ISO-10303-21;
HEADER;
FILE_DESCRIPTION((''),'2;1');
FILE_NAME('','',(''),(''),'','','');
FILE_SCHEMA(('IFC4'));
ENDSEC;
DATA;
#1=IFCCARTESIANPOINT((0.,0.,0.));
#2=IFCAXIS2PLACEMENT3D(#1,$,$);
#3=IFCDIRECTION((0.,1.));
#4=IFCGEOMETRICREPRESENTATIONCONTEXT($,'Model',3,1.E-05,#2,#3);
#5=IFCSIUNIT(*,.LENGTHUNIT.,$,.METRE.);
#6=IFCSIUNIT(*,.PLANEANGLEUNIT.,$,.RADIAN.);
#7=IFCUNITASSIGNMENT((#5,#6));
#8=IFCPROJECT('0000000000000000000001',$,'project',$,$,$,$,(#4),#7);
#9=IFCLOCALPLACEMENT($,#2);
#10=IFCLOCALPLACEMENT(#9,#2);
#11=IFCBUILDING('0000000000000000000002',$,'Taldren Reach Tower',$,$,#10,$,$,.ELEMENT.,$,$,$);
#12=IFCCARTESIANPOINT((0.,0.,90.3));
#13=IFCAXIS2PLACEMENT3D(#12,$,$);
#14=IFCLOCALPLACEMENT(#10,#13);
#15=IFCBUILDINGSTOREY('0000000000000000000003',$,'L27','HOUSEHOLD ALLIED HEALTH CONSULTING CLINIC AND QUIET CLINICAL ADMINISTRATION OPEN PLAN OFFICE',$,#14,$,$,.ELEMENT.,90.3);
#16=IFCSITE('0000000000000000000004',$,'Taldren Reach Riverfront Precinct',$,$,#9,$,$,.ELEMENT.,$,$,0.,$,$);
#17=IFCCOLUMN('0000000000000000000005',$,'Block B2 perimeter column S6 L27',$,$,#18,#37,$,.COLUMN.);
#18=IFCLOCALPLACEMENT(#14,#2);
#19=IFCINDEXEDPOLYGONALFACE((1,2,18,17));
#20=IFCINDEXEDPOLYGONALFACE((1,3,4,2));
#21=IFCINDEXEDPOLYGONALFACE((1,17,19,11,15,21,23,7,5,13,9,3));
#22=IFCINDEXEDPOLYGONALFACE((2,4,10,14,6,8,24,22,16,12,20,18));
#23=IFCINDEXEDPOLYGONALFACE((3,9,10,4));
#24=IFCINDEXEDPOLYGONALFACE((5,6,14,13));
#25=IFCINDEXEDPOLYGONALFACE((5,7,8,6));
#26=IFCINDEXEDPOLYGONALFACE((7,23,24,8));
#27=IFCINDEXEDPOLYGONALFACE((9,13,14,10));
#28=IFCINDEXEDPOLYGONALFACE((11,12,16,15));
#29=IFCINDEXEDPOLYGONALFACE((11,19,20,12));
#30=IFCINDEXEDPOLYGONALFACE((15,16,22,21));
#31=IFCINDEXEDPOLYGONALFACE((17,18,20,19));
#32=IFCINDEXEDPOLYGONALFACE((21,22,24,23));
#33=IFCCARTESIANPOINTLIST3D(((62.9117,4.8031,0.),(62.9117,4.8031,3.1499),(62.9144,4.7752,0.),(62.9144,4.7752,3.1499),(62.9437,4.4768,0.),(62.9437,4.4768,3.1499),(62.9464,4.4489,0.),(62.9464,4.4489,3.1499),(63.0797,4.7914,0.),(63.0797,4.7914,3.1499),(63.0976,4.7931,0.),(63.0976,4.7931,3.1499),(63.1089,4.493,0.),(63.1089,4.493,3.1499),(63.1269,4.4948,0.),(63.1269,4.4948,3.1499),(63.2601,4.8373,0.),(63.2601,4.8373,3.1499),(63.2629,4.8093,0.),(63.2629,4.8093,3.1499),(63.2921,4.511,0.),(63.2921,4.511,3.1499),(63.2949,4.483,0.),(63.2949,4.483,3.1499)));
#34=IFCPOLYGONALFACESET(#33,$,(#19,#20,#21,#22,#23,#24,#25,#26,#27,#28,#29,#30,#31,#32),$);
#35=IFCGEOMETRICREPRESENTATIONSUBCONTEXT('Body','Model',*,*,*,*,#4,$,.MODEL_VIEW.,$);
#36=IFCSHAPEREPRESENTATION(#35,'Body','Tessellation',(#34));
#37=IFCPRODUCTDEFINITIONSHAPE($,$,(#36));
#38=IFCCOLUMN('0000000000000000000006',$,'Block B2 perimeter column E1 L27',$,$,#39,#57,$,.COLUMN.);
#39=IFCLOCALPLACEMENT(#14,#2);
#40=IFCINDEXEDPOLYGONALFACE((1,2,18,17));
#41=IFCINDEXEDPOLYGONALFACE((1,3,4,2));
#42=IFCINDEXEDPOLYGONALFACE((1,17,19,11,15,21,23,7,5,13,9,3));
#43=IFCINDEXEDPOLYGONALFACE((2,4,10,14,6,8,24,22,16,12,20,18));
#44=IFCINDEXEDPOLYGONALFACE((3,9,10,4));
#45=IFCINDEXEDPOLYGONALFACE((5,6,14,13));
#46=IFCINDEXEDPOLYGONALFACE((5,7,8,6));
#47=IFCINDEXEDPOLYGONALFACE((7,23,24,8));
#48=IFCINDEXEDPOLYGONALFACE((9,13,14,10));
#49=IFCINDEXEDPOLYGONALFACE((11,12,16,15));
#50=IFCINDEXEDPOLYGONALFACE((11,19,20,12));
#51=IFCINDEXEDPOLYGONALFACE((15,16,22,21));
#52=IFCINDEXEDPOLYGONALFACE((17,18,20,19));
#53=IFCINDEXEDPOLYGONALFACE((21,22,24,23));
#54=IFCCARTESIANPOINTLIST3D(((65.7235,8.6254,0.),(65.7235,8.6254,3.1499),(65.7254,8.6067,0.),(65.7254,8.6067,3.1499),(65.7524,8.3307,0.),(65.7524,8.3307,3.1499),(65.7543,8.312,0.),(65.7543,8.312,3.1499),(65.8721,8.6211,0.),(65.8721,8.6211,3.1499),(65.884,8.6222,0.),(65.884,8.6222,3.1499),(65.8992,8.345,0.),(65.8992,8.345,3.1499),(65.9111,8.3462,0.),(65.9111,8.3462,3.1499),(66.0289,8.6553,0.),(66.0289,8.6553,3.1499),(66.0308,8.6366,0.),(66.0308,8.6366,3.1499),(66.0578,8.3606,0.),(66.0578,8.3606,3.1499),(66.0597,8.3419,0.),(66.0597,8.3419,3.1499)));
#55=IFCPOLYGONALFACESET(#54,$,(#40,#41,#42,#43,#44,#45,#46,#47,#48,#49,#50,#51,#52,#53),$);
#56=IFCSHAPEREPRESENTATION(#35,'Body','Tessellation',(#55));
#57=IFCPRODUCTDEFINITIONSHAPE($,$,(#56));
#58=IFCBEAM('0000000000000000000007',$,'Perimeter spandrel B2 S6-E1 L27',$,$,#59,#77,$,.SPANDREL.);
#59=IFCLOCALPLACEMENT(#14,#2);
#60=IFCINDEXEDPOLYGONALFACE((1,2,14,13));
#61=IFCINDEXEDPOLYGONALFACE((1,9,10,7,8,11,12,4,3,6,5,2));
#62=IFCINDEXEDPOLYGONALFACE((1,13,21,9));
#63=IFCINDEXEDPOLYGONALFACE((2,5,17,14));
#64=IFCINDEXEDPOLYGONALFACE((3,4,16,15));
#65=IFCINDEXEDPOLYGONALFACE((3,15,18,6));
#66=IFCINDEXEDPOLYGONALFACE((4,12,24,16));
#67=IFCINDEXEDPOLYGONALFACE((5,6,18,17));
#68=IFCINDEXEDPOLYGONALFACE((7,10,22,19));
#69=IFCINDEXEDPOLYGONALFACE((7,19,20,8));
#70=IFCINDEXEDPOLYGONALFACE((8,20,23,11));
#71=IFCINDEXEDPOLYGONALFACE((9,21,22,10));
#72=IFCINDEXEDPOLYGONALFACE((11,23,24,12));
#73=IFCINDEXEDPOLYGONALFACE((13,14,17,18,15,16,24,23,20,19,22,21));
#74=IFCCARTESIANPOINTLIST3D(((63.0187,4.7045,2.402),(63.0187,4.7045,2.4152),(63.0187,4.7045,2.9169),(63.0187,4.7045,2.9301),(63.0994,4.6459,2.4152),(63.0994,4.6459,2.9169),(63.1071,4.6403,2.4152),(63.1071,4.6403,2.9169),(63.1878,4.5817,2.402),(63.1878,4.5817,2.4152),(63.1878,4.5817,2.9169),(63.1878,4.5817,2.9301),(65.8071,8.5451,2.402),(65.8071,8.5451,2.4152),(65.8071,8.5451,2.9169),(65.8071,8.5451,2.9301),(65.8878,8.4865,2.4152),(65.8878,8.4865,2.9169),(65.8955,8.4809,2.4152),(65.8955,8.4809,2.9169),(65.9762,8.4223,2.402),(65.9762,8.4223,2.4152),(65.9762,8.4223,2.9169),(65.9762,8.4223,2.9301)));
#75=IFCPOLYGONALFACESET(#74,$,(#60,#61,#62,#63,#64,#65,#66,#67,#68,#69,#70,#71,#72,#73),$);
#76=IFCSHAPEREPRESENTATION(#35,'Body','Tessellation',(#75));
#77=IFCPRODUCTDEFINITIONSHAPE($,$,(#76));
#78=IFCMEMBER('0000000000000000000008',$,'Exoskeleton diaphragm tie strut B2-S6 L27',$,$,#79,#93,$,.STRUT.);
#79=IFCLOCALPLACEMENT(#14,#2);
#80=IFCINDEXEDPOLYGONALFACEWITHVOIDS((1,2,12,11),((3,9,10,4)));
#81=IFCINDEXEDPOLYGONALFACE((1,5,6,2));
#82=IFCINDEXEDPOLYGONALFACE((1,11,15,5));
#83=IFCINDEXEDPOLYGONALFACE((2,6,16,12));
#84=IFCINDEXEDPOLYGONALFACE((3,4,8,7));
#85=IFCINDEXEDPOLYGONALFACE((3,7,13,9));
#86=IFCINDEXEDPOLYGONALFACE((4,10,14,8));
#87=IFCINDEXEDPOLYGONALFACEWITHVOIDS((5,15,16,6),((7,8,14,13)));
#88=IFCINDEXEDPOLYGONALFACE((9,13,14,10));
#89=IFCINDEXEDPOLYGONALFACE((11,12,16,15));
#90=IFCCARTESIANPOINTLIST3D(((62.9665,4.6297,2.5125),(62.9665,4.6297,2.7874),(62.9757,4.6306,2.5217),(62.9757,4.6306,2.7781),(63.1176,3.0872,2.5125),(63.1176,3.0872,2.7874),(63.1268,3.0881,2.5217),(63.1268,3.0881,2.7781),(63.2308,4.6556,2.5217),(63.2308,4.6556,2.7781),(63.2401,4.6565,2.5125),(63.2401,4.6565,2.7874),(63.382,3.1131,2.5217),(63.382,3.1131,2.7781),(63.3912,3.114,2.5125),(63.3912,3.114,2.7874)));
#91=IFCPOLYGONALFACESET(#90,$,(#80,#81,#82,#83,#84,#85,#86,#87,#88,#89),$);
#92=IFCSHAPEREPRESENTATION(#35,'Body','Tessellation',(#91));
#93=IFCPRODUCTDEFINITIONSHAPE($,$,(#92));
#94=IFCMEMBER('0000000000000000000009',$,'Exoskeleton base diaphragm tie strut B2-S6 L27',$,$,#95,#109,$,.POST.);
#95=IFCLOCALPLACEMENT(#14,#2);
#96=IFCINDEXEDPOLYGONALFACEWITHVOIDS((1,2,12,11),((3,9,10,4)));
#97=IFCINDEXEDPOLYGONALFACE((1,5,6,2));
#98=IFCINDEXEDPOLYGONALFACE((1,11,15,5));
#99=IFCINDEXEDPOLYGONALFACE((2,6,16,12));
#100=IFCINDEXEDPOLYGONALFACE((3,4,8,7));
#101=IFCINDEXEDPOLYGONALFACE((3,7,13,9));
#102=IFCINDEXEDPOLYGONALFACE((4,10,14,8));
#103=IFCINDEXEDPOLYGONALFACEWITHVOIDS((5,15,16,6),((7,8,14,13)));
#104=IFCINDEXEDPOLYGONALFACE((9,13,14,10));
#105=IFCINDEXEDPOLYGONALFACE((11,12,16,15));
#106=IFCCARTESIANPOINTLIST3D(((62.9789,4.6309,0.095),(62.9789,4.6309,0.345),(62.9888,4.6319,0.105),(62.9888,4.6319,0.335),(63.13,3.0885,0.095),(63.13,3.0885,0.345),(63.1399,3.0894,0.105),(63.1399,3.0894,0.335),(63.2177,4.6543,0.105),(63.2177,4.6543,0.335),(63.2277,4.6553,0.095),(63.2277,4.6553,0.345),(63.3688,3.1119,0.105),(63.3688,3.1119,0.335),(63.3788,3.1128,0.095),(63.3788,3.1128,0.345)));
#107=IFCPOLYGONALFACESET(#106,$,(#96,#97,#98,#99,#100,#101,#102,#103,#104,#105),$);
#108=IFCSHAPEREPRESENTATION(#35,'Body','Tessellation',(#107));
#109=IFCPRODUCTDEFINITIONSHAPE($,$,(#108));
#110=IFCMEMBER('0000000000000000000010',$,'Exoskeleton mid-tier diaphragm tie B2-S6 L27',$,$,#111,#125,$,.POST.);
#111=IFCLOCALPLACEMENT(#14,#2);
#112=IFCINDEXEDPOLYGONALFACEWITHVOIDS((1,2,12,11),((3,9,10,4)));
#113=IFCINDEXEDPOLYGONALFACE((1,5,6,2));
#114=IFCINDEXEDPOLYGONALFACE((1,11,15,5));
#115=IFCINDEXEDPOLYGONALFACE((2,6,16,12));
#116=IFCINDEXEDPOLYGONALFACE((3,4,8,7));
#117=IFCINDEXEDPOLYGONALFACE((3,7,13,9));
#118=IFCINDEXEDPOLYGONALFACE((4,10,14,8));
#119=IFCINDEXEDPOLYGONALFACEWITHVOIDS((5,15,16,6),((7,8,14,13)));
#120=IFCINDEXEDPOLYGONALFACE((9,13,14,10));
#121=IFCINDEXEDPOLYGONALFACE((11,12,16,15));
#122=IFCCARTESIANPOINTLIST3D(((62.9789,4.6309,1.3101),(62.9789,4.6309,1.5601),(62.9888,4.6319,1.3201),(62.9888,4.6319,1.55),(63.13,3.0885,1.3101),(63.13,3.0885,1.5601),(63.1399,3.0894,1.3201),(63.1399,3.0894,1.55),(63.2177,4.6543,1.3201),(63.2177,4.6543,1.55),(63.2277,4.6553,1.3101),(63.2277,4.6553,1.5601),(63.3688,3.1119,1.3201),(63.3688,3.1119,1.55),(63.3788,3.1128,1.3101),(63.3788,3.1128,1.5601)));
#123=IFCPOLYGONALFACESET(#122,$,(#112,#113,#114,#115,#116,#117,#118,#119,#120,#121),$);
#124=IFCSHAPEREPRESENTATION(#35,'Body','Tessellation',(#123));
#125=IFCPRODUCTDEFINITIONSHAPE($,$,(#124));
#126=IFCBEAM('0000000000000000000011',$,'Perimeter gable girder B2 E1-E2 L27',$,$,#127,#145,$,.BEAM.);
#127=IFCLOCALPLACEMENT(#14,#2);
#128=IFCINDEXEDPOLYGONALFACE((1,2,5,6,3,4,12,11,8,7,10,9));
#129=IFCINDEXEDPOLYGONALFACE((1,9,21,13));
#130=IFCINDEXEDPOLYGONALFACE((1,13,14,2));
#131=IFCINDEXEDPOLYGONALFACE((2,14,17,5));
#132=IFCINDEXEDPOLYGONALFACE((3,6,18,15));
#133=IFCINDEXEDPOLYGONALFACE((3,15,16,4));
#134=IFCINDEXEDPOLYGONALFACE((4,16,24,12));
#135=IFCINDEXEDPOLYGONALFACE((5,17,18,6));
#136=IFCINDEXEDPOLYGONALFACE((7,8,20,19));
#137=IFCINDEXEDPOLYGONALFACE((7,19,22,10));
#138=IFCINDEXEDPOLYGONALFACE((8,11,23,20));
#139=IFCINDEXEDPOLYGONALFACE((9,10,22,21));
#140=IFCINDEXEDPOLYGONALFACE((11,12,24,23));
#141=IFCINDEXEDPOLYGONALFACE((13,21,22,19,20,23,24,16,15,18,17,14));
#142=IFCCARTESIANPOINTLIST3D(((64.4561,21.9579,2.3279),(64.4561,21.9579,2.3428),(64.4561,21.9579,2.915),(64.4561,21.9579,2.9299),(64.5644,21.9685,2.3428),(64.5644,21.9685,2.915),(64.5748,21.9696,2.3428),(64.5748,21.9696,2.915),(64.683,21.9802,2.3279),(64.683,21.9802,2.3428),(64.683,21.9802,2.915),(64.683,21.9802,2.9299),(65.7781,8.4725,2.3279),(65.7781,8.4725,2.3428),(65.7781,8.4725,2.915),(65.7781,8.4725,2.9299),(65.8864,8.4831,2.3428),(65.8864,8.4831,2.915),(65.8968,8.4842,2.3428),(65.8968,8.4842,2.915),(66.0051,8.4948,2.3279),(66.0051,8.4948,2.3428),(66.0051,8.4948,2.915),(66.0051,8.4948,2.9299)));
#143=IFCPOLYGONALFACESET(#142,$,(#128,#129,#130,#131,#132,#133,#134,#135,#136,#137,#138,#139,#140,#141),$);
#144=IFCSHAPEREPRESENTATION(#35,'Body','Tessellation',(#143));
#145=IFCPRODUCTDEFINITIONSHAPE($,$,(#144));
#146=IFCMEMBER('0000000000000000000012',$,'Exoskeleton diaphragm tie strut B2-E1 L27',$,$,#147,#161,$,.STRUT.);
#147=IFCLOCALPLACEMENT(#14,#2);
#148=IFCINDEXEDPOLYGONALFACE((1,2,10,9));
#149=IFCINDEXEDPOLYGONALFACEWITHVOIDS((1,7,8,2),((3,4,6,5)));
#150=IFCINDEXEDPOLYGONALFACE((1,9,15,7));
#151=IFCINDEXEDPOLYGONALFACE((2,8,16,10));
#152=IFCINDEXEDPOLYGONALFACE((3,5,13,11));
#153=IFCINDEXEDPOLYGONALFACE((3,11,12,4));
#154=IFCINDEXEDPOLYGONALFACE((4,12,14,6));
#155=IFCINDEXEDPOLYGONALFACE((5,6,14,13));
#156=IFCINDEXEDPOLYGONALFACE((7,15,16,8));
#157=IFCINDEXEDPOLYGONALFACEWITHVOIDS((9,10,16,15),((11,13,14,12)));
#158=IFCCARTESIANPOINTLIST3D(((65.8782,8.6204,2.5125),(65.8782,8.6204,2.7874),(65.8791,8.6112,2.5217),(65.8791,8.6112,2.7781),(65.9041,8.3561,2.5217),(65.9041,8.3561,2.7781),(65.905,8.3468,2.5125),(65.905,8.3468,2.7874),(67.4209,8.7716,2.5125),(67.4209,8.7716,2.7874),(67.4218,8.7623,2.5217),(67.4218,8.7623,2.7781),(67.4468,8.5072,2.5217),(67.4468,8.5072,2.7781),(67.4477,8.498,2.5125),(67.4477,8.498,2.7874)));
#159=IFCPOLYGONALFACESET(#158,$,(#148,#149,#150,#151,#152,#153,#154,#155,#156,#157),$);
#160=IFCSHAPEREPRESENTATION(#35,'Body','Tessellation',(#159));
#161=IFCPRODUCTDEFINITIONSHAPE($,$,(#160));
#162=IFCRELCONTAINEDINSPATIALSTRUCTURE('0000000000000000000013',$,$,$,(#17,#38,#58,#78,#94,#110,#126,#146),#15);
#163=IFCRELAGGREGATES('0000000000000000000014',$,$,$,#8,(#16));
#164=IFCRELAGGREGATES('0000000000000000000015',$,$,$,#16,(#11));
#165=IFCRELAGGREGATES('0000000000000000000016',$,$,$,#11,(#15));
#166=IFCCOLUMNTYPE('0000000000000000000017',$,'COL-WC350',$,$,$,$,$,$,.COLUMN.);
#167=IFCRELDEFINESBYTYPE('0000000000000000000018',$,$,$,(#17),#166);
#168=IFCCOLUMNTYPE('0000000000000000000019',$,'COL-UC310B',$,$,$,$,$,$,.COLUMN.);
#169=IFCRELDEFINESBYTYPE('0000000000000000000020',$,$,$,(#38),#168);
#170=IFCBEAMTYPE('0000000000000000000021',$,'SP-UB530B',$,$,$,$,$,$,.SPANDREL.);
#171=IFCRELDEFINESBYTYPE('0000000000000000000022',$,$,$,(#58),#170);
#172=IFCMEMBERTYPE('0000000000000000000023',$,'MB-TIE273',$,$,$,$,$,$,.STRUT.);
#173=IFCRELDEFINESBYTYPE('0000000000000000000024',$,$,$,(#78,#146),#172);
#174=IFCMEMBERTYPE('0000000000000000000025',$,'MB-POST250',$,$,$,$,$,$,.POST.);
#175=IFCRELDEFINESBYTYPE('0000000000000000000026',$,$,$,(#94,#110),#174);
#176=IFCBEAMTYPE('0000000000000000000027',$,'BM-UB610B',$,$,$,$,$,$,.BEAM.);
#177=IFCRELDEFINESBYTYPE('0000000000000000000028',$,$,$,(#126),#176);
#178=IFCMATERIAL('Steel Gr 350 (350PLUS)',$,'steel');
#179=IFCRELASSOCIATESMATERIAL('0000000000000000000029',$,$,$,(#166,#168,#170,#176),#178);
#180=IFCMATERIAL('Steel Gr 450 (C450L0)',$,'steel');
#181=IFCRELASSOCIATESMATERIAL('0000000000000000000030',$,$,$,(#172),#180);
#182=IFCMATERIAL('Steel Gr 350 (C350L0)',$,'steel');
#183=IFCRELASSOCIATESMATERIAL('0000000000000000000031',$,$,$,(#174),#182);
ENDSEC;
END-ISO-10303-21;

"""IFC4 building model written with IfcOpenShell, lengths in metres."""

from ifc_helpers import new_model, si_unit, direction, frame, origin, origin_2d, place, context, subcontext, project, spatial, hollow_rectangle, i_section, extrude, source, transform, mapped, material, material_profile, profile_set, type_object, element, save


model = new_model("IFC4")

# Units and contexts
model_context = context("Model", 3, precision=1e-05, world=origin(), true_north=direction((0.0, 1.0)))
body_context = subcontext(model_context, "Body", "Model", "MODEL_VIEW")
ifc_project = project(units=[si_unit("LENGTHUNIT", "METRE"), si_unit("PLANEANGLEUNIT", "RADIAN")], contexts=[model_context])

# Site, building, storey
site_placement = place(None, origin())
site = spatial("IfcSite", under=ifc_project, at=site_placement, Name="Taldren Reach Riverfront Precinct", CompositionType="ELEMENT", RefElevation=0.0)
building_placement = place(site_placement, origin())
building = spatial("IfcBuilding", under=site, at=building_placement, Name="Taldren Reach Tower", CompositionType="ELEMENT")
storey_placement = place(building_placement, frame((0.0, 0.0, 90.3)))
storey = spatial("IfcBuildingStorey", under=building, at=storey_placement, Name="L27", Description="HOUSEHOLD ALLIED HEALTH CONSULTING CLINIC AND QUIET CLINICAL ADMINISTRATION OPEN PLAN OFFICE", CompositionType="ELEMENT", Elevation=90.3)

# Columns
ifc_material_1 = material(Name="Steel Gr 350 (350PLUS)", Category="steel")
ifc_material_profile_1 = material_profile(ifc_material_1, i_section(OverallWidth=0.3501, OverallDepth=0.356, WebThickness=0.0181, FlangeThickness=0.0281, at=origin_2d()), Name="350WC197")
ifc_profile_set_1 = profile_set([ifc_material_profile_1], Name="Steel Gr 350 (350PLUS)")
column_type_1 = type_object("IfcColumnType", Name="COL-WC350", PredefinedType="COLUMN", material=ifc_profile_set_1)
shared_shape_1 = source(origin(), body_context, "Body", "SweptSolid", [
    extrude(i_section(OverallWidth=0.3501, OverallDepth=0.356, WebThickness=0.0181, FlangeThickness=0.0281, at=origin_2d()), origin(), (0.0, 0.0, 1.0), 3.1499),
])
column_1_placement = place(storey_placement, frame((63.1033, 4.6431, 0.0), z_axis=(0.0, 0.0, 1.0), x_axis=(0.995227, 0.097583, 0.0)))
element("IfcColumn", 1, at=column_1_placement, inside=storey, type_object=column_type_1, Name="Block B2 perimeter column S6 L27", PredefinedType="COLUMN", context=body_context, shape_type="MappedRepresentation", body=[
    mapped(shared_shape_1, transform((0.0, 0.0, 0.0), scale=1.0)),
])
ifc_material_profile_2 = material_profile(ifc_material_1, i_section(OverallWidth=0.3069, OverallDepth=0.3149, WebThickness=0.012, FlangeThickness=0.0188, at=origin_2d()), Name="310UC118")
ifc_profile_set_2 = profile_set([ifc_material_profile_2], Name="Steel Gr 350 (350PLUS)")
column_type_2 = type_object("IfcColumnType", Name="COL-UC310B", PredefinedType="COLUMN", material=ifc_profile_set_2)
shared_shape_2 = source(origin(), body_context, "Body", "SweptSolid", [
    extrude(i_section(OverallWidth=0.3069, OverallDepth=0.3149, WebThickness=0.012, FlangeThickness=0.0188, at=origin_2d()), origin(), (0.0, 0.0, 1.0), 3.1499),
])
column_2_placement = place(storey_placement, frame((65.8916, 8.4836, 0.0), z_axis=(0.0, 0.0, 1.0), x_axis=(0.995227, 0.097583, 0.0)))
element("IfcColumn", 2, at=column_2_placement, inside=storey, type_object=column_type_2, Name="Block B2 perimeter column E1 L27", PredefinedType="COLUMN", context=body_context, shape_type="MappedRepresentation", body=[
    mapped(shared_shape_2, transform((0.0, 0.0, 0.0), scale=1.0)),
])

# Beam
ifc_material_profile_3 = material_profile(ifc_material_1, i_section(OverallWidth=0.209, OverallDepth=0.5281, WebThickness=0.0095, FlangeThickness=0.0132, at=origin_2d()), Name="530UB82.0")
ifc_profile_set_3 = profile_set([ifc_material_profile_3], Name="Steel Gr 350 (350PLUS)")
beam_type_1 = type_object("IfcBeamType", Name="SP-UB530B", PredefinedType="SPANDREL", material=ifc_profile_set_3)
shared_shape_3 = source(origin(), body_context, "Body", "SweptSolid", [
    extrude(i_section(OverallWidth=0.209, OverallDepth=0.5281, WebThickness=0.0095, FlangeThickness=0.0132, at=origin_2d()), origin(), (0.0, 0.0, 1.0), 4.7461),
])
beam_1_placement = place(storey_placement, frame((63.1033, 4.6431, 2.666), z_axis=(0.587508, 0.809219, 0.0), x_axis=(-0.809219, 0.587508, 0.0)))
element("IfcBeam", 3, at=beam_1_placement, inside=storey, type_object=beam_type_1, Name="Perimeter spandrel B2 S6-E1 L27", PredefinedType="SPANDREL", context=body_context, shape_type="MappedRepresentation", body=[
    mapped(shared_shape_3, transform((0.0, 0.0, 0.0), scale=1.0)),
])

# Members
ifc_material_2 = material(Name="Steel Gr 450 (C450L0)", Category="steel")
ifc_material_profile_4 = material_profile(ifc_material_2, hollow_rectangle(XDim=0.2749, YDim=0.2749, WallThickness=0.0093, at=origin_2d()), Name="275x275x9.3SHS")
ifc_profile_set_4 = profile_set([ifc_material_profile_4], Name="Steel Gr 450 (C450L0)")
member_type_1 = type_object("IfcMemberType", Name="MB-TIE273", PredefinedType="STRUT", material=ifc_profile_set_4)
shared_shape_4 = source(origin(), body_context, "Body", "SweptSolid", [
    extrude(hollow_rectangle(XDim=0.2749, YDim=0.2749, WallThickness=0.0093, at=origin_2d()), origin(), (0.0, 0.0, 1.0), 1.5498),
])
member_1_placement = place(storey_placement, frame((63.1033, 4.6431, 2.6499), z_axis=(0.097507, -0.995235, 0.0), x_axis=(0.995235, 0.097507, 0.0)))
element("IfcMember", 4, at=member_1_placement, inside=storey, type_object=member_type_1, Name="Exoskeleton diaphragm tie strut B2-S6 L27", PredefinedType="STRUT", context=body_context, shape_type="MappedRepresentation", body=[
    mapped(shared_shape_4, transform((0.0, 0.0, 0.0), scale=1.0)),
])
ifc_material_3 = material(Name="Steel Gr 350 (C350L0)", Category="steel")
ifc_material_profile_5 = material_profile(ifc_material_3, hollow_rectangle(XDim=0.25, YDim=0.25, WallThickness=0.01, at=origin_2d()), Name="250x250x10.0SHS")
ifc_profile_set_5 = profile_set([ifc_material_profile_5], Name="Steel Gr 350 (C350L0)")
member_type_2 = type_object("IfcMemberType", Name="MB-POST250", PredefinedType="POST", material=ifc_profile_set_5)
shared_shape_5 = source(origin(), body_context, "Body", "SweptSolid", [
    extrude(hollow_rectangle(XDim=0.25, YDim=0.25, WallThickness=0.01, at=origin_2d()), origin(), (0.0, 0.0, 1.0), 1.5498),
])
for number, where, z_axis, x_axis, name in (
    (5, (63.1033, 4.6431, 0.22), (0.097507, -0.995235, 0.0), (0.995235, 0.097507, 0.0), "Exoskeleton base diaphragm tie strut B2-S6 L27"),
    (6, (63.1033, 4.6431, 1.4351), (0.097507, -0.995235, 0.0), (0.995235, 0.097507, 0.0), "Exoskeleton mid-tier diaphragm tie B2-S6 L27"),
):
    element("IfcMember", number, at=place(storey_placement, frame(where, z_axis=z_axis, x_axis=x_axis)), inside=storey, type_object=member_type_2, Name=name, PredefinedType="POST", context=body_context, shape_type="MappedRepresentation", body=[
        mapped(shared_shape_5, transform((0.0, 0.0, 0.0), scale=1.0)),
    ])

# Beam
ifc_material_profile_6 = material_profile(ifc_material_1, i_section(OverallWidth=0.228, OverallDepth=0.6021, WebThickness=0.0105, FlangeThickness=0.0149, at=origin_2d()), Name="610UB101")
ifc_profile_set_6 = profile_set([ifc_material_profile_6], Name="Steel Gr 350 (350PLUS)")
beam_type_2 = type_object("IfcBeamType", Name="BM-UB610B", PredefinedType="BEAM", material=ifc_profile_set_6)
shared_shape_6 = source(origin(), body_context, "Body", "SweptSolid", [
    extrude(i_section(OverallWidth=0.228, OverallDepth=0.6021, WebThickness=0.0105, FlangeThickness=0.0149, at=origin_2d()), origin(), (0.0, 0.0, 1.0), 13.55),
])
beam_2_placement = place(storey_placement, frame((65.8916, 8.4836, 2.6289), z_axis=(-0.097566, 0.995229, 0.0), x_axis=(-0.995229, -0.097566, 0.0)))
element("IfcBeam", 7, at=beam_2_placement, inside=storey, type_object=beam_type_2, Name="Perimeter gable girder B2 E1-E2 L27", PredefinedType="BEAM", context=body_context, shape_type="MappedRepresentation", body=[
    mapped(shared_shape_6, transform((0.0, 0.0, 0.0), scale=1.0)),
])

# Member
shared_shape_7 = source(origin(), body_context, "Body", "SweptSolid", [
    extrude(hollow_rectangle(XDim=0.2749, YDim=0.2749, WallThickness=0.0093, at=origin_2d()), origin(), (0.0, 0.0, 1.0), 1.55),
])
member_2_placement = place(storey_placement, frame((65.8916, 8.4836, 2.6499), z_axis=(0.995236, 0.097492, 0.0), x_axis=(-0.097492, 0.995236, 0.0)))
element("IfcMember", 8, at=member_2_placement, inside=storey, type_object=member_type_1, Name="Exoskeleton diaphragm tie strut B2-E1 L27", PredefinedType="STRUT", context=body_context, shape_type="MappedRepresentation", body=[
    mapped(shared_shape_7, transform((0.0, 0.0, 0.0), scale=1.0)),
])

save(model, "model.ifc")
